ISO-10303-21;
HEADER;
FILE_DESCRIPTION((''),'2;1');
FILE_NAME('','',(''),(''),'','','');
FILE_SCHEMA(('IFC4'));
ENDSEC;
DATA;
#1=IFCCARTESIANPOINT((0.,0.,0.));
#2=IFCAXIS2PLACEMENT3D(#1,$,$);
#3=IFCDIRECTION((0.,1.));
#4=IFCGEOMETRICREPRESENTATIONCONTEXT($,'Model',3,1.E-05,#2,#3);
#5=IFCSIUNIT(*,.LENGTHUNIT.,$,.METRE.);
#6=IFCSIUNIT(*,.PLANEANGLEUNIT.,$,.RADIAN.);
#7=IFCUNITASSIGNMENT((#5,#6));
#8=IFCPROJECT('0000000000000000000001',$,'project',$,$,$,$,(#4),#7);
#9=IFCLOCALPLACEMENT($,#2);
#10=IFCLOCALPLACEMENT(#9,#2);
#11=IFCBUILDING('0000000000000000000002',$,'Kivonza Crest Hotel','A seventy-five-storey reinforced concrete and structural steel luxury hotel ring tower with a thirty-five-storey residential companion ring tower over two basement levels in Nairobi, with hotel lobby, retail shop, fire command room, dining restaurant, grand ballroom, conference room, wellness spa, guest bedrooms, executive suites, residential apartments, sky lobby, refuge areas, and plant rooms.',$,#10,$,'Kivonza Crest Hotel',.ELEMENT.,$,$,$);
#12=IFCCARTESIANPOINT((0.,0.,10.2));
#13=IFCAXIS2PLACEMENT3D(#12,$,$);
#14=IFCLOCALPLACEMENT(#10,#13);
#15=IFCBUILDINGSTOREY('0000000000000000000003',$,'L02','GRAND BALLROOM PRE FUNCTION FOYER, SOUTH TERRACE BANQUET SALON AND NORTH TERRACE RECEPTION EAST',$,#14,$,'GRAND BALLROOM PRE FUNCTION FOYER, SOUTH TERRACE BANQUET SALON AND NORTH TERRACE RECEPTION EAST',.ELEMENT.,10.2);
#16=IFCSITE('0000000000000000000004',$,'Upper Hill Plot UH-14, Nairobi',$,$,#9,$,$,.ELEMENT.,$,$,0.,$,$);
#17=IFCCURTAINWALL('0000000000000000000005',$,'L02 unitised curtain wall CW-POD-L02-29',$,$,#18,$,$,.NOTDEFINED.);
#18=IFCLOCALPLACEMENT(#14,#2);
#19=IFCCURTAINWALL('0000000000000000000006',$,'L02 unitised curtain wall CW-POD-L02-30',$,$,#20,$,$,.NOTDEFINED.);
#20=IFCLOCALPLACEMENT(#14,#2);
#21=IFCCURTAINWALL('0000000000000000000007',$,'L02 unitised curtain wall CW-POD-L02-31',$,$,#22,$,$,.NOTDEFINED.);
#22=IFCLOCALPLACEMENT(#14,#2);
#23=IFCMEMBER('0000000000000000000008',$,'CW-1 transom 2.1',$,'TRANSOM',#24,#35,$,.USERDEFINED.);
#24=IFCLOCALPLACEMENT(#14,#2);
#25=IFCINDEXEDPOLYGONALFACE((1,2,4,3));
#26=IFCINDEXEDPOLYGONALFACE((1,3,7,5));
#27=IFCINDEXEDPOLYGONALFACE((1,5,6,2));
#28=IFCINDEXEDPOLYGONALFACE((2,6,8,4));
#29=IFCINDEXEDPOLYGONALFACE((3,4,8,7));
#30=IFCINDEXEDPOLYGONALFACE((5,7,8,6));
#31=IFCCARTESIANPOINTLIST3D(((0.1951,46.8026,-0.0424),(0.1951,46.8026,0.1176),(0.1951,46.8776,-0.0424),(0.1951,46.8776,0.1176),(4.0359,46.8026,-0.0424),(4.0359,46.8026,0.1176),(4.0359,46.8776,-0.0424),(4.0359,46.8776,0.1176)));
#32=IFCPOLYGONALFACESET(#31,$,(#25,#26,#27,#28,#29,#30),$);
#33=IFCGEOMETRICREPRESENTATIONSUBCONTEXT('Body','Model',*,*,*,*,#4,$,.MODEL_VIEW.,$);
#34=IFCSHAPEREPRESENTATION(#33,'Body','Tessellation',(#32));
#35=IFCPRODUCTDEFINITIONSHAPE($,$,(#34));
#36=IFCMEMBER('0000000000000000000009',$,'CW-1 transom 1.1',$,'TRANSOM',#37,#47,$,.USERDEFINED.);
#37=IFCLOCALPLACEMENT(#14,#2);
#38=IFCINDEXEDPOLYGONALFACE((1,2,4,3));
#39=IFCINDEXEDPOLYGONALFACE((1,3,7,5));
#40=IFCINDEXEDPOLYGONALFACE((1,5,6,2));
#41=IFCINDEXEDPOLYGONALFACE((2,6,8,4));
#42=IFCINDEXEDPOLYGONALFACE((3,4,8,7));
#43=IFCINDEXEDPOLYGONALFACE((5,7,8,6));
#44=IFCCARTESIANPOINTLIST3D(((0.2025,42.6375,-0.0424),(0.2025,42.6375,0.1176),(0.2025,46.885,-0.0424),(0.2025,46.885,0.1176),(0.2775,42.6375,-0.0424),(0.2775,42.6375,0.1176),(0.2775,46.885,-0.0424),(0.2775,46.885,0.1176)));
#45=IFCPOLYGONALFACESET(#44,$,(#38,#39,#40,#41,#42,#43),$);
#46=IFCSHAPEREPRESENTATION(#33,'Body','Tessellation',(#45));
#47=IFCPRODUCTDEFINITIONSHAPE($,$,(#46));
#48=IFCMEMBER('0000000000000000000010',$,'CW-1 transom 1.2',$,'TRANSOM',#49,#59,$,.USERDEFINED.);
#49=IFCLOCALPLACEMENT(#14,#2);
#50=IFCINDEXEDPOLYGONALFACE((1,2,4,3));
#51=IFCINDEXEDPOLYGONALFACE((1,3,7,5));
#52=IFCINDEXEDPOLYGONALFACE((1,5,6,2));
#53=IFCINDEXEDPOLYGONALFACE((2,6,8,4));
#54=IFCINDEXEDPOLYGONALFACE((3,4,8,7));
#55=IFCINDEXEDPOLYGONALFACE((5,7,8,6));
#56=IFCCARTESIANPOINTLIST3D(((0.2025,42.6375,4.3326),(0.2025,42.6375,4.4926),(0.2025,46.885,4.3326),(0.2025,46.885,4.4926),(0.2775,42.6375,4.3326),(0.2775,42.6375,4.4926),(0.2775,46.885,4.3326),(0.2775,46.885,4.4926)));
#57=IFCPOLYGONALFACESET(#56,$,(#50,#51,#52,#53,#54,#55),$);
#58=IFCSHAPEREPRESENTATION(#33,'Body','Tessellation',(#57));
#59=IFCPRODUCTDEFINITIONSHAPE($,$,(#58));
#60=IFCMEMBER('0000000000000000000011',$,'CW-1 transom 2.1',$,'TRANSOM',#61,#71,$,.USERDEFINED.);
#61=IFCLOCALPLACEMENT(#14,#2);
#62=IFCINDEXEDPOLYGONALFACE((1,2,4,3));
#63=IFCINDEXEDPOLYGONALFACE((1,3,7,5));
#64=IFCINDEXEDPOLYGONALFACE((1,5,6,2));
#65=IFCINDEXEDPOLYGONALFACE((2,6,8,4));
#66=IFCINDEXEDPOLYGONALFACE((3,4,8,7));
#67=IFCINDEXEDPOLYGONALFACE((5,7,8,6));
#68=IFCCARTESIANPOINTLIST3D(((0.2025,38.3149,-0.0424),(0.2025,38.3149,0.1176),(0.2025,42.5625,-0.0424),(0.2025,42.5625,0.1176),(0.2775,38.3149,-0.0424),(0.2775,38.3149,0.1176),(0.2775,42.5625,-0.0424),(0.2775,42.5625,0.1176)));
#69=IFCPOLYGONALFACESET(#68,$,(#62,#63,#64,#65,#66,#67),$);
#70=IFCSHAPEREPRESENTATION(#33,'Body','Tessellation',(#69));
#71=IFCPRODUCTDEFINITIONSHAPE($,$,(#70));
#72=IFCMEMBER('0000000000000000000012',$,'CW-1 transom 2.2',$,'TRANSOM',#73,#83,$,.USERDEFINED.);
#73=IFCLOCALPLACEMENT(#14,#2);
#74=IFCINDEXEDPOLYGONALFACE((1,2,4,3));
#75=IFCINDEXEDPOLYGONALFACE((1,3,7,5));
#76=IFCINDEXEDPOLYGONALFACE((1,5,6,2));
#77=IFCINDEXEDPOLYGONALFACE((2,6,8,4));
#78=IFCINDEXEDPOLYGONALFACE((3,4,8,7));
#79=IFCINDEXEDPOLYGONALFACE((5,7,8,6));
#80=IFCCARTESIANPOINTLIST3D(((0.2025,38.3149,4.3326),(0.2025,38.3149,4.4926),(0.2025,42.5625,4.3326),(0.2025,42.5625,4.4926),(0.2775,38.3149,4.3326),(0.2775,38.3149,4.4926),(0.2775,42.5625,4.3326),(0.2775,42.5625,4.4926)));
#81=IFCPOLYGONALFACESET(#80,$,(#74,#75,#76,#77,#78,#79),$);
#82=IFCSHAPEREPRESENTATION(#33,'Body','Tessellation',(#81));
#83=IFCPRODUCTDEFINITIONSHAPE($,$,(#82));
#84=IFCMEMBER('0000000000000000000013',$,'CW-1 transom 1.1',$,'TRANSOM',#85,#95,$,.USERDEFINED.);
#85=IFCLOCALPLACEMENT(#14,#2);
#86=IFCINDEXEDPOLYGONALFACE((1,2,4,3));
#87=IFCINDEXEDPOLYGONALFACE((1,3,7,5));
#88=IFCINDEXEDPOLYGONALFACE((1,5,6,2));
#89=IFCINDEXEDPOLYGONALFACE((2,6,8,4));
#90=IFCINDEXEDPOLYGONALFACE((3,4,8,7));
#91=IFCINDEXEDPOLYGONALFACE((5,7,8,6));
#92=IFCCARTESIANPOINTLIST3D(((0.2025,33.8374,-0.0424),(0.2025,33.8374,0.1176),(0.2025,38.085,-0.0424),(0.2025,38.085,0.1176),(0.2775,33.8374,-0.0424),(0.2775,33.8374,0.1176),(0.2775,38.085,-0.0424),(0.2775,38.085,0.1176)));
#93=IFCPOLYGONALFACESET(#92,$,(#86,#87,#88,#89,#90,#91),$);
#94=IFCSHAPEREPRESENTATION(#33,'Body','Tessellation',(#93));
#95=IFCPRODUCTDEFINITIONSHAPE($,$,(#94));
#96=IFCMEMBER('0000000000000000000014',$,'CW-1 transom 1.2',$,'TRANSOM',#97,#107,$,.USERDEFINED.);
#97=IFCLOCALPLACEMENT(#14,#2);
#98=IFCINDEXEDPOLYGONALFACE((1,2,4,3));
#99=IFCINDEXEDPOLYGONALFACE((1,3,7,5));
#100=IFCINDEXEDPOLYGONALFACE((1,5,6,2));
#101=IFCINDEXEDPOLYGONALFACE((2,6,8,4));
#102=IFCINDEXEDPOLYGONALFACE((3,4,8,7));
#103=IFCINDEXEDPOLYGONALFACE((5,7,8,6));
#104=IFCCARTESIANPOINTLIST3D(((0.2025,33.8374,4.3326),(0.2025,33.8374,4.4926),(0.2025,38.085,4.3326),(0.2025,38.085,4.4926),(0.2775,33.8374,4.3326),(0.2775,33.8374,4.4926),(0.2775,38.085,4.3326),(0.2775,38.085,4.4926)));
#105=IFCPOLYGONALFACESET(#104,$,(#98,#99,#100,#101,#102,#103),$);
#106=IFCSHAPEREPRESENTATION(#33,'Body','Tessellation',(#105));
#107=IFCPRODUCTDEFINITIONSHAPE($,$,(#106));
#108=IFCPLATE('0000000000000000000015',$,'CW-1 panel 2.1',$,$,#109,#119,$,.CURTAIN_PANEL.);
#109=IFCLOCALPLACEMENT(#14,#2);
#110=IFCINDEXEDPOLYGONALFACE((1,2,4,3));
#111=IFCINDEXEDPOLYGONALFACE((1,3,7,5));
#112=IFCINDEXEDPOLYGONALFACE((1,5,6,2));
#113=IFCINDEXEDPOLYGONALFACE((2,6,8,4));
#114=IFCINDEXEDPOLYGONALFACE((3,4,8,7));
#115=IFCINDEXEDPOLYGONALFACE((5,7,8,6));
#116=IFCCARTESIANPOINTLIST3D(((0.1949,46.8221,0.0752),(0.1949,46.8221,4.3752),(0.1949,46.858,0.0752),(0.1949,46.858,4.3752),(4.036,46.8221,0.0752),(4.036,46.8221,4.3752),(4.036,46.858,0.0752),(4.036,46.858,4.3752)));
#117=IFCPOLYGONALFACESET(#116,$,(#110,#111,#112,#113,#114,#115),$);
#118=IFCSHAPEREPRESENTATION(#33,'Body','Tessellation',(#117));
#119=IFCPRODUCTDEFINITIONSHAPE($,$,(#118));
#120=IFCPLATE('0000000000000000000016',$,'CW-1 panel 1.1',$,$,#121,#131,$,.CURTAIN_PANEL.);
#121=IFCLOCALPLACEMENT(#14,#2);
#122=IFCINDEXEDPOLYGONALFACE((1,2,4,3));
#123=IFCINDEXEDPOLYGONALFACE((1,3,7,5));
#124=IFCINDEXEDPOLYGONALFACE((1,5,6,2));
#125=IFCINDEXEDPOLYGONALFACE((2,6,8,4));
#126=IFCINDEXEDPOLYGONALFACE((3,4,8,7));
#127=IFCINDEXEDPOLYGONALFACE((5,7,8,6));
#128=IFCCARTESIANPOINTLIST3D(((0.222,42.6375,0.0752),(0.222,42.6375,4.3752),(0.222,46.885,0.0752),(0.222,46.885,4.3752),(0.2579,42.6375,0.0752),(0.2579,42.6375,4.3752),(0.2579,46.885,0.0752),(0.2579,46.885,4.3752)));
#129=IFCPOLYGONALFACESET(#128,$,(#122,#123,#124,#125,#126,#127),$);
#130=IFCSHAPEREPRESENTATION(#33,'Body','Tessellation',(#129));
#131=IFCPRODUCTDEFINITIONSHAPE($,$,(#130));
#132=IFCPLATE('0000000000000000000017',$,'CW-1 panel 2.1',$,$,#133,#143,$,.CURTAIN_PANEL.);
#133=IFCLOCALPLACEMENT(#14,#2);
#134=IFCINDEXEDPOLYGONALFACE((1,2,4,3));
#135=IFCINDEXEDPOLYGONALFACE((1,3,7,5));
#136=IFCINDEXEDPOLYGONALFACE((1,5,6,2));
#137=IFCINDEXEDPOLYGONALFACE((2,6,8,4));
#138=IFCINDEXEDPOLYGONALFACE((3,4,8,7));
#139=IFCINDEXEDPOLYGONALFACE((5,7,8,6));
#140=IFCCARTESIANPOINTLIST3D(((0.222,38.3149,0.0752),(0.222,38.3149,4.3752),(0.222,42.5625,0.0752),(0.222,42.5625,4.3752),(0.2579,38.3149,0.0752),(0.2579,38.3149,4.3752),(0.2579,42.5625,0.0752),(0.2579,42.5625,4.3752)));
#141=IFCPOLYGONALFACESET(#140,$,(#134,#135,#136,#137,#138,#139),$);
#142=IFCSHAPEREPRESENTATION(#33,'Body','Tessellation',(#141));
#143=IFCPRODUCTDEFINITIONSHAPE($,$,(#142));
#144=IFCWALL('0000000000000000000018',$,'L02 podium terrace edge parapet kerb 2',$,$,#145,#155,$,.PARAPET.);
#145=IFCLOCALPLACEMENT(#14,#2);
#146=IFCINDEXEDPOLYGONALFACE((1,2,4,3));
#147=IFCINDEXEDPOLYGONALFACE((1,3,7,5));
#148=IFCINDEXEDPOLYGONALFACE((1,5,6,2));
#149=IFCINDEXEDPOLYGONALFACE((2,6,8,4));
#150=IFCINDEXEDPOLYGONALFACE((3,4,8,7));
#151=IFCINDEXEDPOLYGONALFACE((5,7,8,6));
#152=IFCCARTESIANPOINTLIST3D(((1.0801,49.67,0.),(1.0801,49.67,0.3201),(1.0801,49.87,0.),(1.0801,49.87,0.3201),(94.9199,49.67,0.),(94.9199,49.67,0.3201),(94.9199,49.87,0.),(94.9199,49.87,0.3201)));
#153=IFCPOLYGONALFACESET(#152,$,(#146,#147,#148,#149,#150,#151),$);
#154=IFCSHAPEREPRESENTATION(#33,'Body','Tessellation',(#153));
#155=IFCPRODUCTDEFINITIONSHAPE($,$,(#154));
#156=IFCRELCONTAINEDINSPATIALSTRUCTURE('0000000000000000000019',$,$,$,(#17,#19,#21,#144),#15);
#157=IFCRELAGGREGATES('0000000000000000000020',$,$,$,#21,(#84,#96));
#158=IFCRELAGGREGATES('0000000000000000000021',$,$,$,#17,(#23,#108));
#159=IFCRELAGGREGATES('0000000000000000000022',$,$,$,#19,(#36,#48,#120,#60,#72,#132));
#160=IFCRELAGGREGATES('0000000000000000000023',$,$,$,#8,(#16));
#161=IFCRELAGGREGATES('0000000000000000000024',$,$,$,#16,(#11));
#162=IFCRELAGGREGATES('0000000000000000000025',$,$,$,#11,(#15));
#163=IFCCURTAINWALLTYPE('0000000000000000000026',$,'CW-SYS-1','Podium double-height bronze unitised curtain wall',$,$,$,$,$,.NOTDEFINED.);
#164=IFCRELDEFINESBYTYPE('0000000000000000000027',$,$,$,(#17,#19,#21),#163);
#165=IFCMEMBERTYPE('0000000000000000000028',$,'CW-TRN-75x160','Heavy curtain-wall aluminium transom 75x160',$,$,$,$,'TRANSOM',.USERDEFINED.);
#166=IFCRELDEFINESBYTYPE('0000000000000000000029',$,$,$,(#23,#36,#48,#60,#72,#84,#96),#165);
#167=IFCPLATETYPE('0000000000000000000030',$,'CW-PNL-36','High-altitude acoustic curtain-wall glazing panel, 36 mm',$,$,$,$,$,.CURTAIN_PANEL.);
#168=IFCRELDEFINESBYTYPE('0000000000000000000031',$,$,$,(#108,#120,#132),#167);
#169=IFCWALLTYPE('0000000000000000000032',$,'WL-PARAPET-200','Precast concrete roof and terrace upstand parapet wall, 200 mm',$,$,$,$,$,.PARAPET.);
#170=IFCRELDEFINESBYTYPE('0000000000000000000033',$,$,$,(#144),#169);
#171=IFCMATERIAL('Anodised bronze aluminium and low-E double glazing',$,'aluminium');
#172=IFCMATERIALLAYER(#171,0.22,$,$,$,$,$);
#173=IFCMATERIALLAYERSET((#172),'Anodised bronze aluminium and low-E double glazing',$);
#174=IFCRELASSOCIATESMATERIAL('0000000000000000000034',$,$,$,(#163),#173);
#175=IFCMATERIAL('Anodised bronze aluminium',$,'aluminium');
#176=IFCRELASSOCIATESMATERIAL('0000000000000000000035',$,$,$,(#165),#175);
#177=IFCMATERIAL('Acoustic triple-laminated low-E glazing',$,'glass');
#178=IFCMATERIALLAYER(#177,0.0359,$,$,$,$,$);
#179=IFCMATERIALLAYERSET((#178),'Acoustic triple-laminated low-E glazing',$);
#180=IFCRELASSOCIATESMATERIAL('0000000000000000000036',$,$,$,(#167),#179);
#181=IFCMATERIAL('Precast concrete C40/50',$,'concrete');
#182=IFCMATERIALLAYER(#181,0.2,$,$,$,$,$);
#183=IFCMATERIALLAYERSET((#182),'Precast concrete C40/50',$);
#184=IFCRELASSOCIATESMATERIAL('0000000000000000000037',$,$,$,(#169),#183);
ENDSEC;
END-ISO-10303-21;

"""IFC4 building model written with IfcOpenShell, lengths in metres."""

from ifc_helpers import new_model, si_unit, direction, frame, frame_2d, origin, origin_2d, place, context, subcontext, project, spatial, rectangle, extrude, material, layer, layer_set, material_profile, profile_set, type_object, element, aggregate, save


model = new_model("IFC4")

# Units and contexts
model_context = context("Model", 3, precision=1e-05, world=origin(), true_north=direction((0.0, 1.0)))
body_context = subcontext(model_context, "Body", "Model", "MODEL_VIEW")
ifc_project = project(units=[si_unit("LENGTHUNIT", "METRE"), si_unit("PLANEANGLEUNIT", "RADIAN")], contexts=[model_context])

# Site, building, storey
site_placement = place(None, origin())
site = spatial("IfcSite", under=ifc_project, at=site_placement, Name="Upper Hill Plot UH-14, Nairobi", CompositionType="ELEMENT", RefElevation=0.0)
building_placement = place(site_placement, origin())
building = spatial("IfcBuilding", under=site, at=building_placement, Name="Kivonza Crest Hotel", Description="A seventy-five-storey reinforced concrete and structural steel luxury hotel ring tower with a thirty-five-storey residential companion ring tower over two basement levels in Nairobi, with hotel lobby, retail shop, fire command room, dining restaurant, grand ballroom, conference room, wellness spa, guest bedrooms, executive suites, residential apartments, sky lobby, refuge areas, and plant rooms.", LongName="Kivonza Crest Hotel", CompositionType="ELEMENT")
storey_placement = place(building_placement, frame((0.0, 0.0, 10.2)))
storey = spatial("IfcBuildingStorey", under=building, at=storey_placement, Name="L02", Description="GRAND BALLROOM PRE FUNCTION FOYER, SOUTH TERRACE BANQUET SALON AND NORTH TERRACE RECEPTION EAST", LongName="GRAND BALLROOM PRE FUNCTION FOYER, SOUTH TERRACE BANQUET SALON AND NORTH TERRACE RECEPTION EAST", CompositionType="ELEMENT", Elevation=10.2)

# Curtain wall
ifc_material_1 = material(Name="Anodised bronze aluminium and low-E double glazing", Category="aluminium")
ifc_layer_1 = layer(ifc_material_1, 0.22)
ifc_layer_set_1 = layer_set([ifc_layer_1], Name="Anodised bronze aluminium and low-E double glazing")
curtain_wall_type = type_object("IfcCurtainWallType", Name="CW-SYS-1", Description="Podium double-height bronze unitised curtain wall", PredefinedType="NOTDEFINED", material=ifc_layer_set_1)
curtain_wall_1_placement = place(storey_placement, origin())
curtain_wall_1 = element("IfcCurtainWall", 1, at=curtain_wall_1_placement, inside=storey, type_object=curtain_wall_type, Name="L02 unitised curtain wall CW-POD-L02-29", PredefinedType="NOTDEFINED")
ifc_material_2 = material(Name="Anodised bronze aluminium", Category="aluminium")

# Curtain wall
curtain_wall_2_placement = place(storey_placement, origin())
curtain_wall_2 = element("IfcCurtainWall", 2, at=curtain_wall_2_placement, inside=storey, type_object=curtain_wall_type, Name="L02 unitised curtain wall CW-POD-L02-30", PredefinedType="NOTDEFINED")

# Curtain wall
curtain_wall_3_placement = place(storey_placement, origin())
curtain_wall_3 = element("IfcCurtainWall", 3, at=curtain_wall_3_placement, inside=storey, type_object=curtain_wall_type, Name="L02 unitised curtain wall CW-POD-L02-31", PredefinedType="NOTDEFINED")

# Members
ifc_material_profile_1 = material_profile(ifc_material_2, rectangle(XDim=0.075, YDim=0.1599, at=origin_2d()), Name="CW-T 75x160")
ifc_profile_set_1 = profile_set([ifc_material_profile_1], Name="Anodised bronze aluminium")
member_type_1 = type_object("IfcMemberType", Name="CW-TRN-75x160", Description="Heavy curtain-wall aluminium transom 75x160", ElementType="TRANSOM", PredefinedType="USERDEFINED", material=ifc_profile_set_1)
member_1_placement = place(storey_placement, frame((4.0359, 46.8401, 0.0376), z_axis=(-1.0, 0.0, 0.0), x_axis=(0.0, -1.0, 0.0)))
member_1 = element("IfcMember", 4, at=member_1_placement, type_object=member_type_1, Name="CW-1 transom 2.1", ObjectType="TRANSOM", PredefinedType="USERDEFINED", context=body_context, shape_type="SweptSolid", body=[
    extrude(rectangle(XDim=0.075, YDim=0.1599, at=origin_2d()), origin(), (0.0, 0.0, 1.0), 3.8408),
])
member_2_placement = place(storey_placement, frame((0.24, 46.885, 0.0376), z_axis=(0.0, -1.0, 0.0), x_axis=(1.0, 0.0, 0.0)))
member_2 = element("IfcMember", 5, at=member_2_placement, type_object=member_type_1, Name="CW-1 transom 1.1", ObjectType="TRANSOM", PredefinedType="USERDEFINED", context=body_context, shape_type="SweptSolid", body=[
    extrude(rectangle(XDim=0.075, YDim=0.1599, at=origin_2d()), origin(), (0.0, 0.0, 1.0), 4.2476),
])
member_3_placement = place(storey_placement, frame((0.24, 46.885, 4.4126), z_axis=(0.0, -1.0, 0.0), x_axis=(1.0, 0.0, 0.0)))
member_3 = element("IfcMember", 6, at=member_3_placement, type_object=member_type_1, Name="CW-1 transom 1.2", ObjectType="TRANSOM", PredefinedType="USERDEFINED", context=body_context, shape_type="SweptSolid", body=[
    extrude(rectangle(XDim=0.075, YDim=0.1599, at=origin_2d()), origin(), (0.0, 0.0, 1.0), 4.2476),
])
member_4_placement = place(storey_placement, frame((0.24, 42.5625, 0.0376), z_axis=(0.0, -1.0, 0.0), x_axis=(1.0, 0.0, 0.0)))
member_4 = element("IfcMember", 7, at=member_4_placement, type_object=member_type_1, Name="CW-1 transom 2.1", ObjectType="TRANSOM", PredefinedType="USERDEFINED", context=body_context, shape_type="SweptSolid", body=[
    extrude(rectangle(XDim=0.075, YDim=0.1599, at=origin_2d()), origin(), (0.0, 0.0, 1.0), 4.2476),
])
member_5_placement = place(storey_placement, frame((0.24, 42.5625, 4.4126), z_axis=(0.0, -1.0, 0.0), x_axis=(1.0, 0.0, 0.0)))
member_5 = element("IfcMember", 8, at=member_5_placement, type_object=member_type_1, Name="CW-1 transom 2.2", ObjectType="TRANSOM", PredefinedType="USERDEFINED", context=body_context, shape_type="SweptSolid", body=[
    extrude(rectangle(XDim=0.075, YDim=0.1599, at=origin_2d()), origin(), (0.0, 0.0, 1.0), 4.2476),
])
member_6_placement = place(storey_placement, frame((0.24, 38.085, 0.0376), z_axis=(0.0, -1.0, 0.0), x_axis=(1.0, 0.0, 0.0)))
member_6 = element("IfcMember", 9, at=member_6_placement, type_object=member_type_1, Name="CW-1 transom 1.1", ObjectType="TRANSOM", PredefinedType="USERDEFINED", context=body_context, shape_type="SweptSolid", body=[
    extrude(rectangle(XDim=0.075, YDim=0.1599, at=origin_2d()), origin(), (0.0, 0.0, 1.0), 4.2476),
])
member_7_placement = place(storey_placement, frame((0.24, 38.085, 4.4126), z_axis=(0.0, -1.0, 0.0), x_axis=(1.0, 0.0, 0.0)))
member_7 = element("IfcMember", 10, at=member_7_placement, type_object=member_type_1, Name="CW-1 transom 1.2", ObjectType="TRANSOM", PredefinedType="USERDEFINED", context=body_context, shape_type="SweptSolid", body=[
    extrude(rectangle(XDim=0.075, YDim=0.1599, at=origin_2d()), origin(), (0.0, 0.0, 1.0), 4.2476),
])
aggregate(curtain_wall_3, [member_6, member_7])

# Plates
ifc_material_3 = material(Name="Acoustic triple-laminated low-E glazing", Category="glass")
ifc_layer_2 = layer(ifc_material_3, 0.0359)
ifc_layer_set_2 = layer_set([ifc_layer_2], Name="Acoustic triple-laminated low-E glazing")
plate_type = type_object("IfcPlateType", Name="CW-PNL-36", Description="High-altitude acoustic curtain-wall glazing panel, 36 mm", PredefinedType="CURTAIN_PANEL", material=ifc_layer_set_2)
plate_1_placement = place(storey_placement, frame((2.1155, 46.8401, 0.0752), z_axis=(0.0, 0.0, 1.0), x_axis=(-1.0, 0.0, 0.0)))
plate_1 = element("IfcPlate", 11, at=plate_1_placement, type_object=plate_type, Name="CW-1 panel 2.1", PredefinedType="CURTAIN_PANEL", context=body_context, shape_type="SweptSolid", body=[
    extrude(rectangle(XDim=3.8411, YDim=0.0359, at=origin_2d()), origin(), (0.0, 0.0, 1.0), 4.3),
])
aggregate(curtain_wall_1, [member_1, plate_1])
plate_2_placement = place(storey_placement, frame((0.24, 44.7612, 0.0752), z_axis=(0.0, 0.0, 1.0), x_axis=(0.0, -1.0, 0.0)))
plate_2 = element("IfcPlate", 12, at=plate_2_placement, type_object=plate_type, Name="CW-1 panel 1.1", PredefinedType="CURTAIN_PANEL", context=body_context, shape_type="SweptSolid", body=[
    extrude(rectangle(XDim=4.2476, YDim=0.0359, at=origin_2d()), origin(), (0.0, 0.0, 1.0), 4.3),
])
plate_3_placement = place(storey_placement, frame((0.24, 40.4387, 0.0752), z_axis=(0.0, 0.0, 1.0), x_axis=(0.0, -1.0, 0.0)))
plate_3 = element("IfcPlate", 13, at=plate_3_placement, type_object=plate_type, Name="CW-1 panel 2.1", PredefinedType="CURTAIN_PANEL", context=body_context, shape_type="SweptSolid", body=[
    extrude(rectangle(XDim=4.2476, YDim=0.0359, at=origin_2d()), origin(), (0.0, 0.0, 1.0), 4.3),
])
aggregate(curtain_wall_2, [member_2, member_3, plate_2, member_4, member_5, plate_3])

# Wall
ifc_material_4 = material(Name="Precast concrete C40/50", Category="concrete")
ifc_layer_3 = layer(ifc_material_4, 0.2)
ifc_layer_set_3 = layer_set([ifc_layer_3], Name="Precast concrete C40/50")
wall_type = type_object("IfcWallType", Name="WL-PARAPET-200", Description="Precast concrete roof and terrace upstand parapet wall, 200 mm", PredefinedType="PARAPET", material=ifc_layer_set_3)
wall_placement = place(storey_placement, frame((1.0801, 49.77, 0.0), z_axis=(0.0, 0.0, 1.0), x_axis=(1.0, 0.0, 0.0)))
element("IfcWall", 14, at=wall_placement, inside=storey, type_object=wall_type, Name="L02 podium terrace edge parapet kerb 2", PredefinedType="PARAPET", context=body_context, shape_type="SweptSolid", body=[
    extrude(rectangle(XDim=93.8398, YDim=0.2, at=frame_2d((46.9199, 0.0))), origin(), (0.0, 0.0, 1.0), 0.3201),
])

save(model, "model.ifc")
